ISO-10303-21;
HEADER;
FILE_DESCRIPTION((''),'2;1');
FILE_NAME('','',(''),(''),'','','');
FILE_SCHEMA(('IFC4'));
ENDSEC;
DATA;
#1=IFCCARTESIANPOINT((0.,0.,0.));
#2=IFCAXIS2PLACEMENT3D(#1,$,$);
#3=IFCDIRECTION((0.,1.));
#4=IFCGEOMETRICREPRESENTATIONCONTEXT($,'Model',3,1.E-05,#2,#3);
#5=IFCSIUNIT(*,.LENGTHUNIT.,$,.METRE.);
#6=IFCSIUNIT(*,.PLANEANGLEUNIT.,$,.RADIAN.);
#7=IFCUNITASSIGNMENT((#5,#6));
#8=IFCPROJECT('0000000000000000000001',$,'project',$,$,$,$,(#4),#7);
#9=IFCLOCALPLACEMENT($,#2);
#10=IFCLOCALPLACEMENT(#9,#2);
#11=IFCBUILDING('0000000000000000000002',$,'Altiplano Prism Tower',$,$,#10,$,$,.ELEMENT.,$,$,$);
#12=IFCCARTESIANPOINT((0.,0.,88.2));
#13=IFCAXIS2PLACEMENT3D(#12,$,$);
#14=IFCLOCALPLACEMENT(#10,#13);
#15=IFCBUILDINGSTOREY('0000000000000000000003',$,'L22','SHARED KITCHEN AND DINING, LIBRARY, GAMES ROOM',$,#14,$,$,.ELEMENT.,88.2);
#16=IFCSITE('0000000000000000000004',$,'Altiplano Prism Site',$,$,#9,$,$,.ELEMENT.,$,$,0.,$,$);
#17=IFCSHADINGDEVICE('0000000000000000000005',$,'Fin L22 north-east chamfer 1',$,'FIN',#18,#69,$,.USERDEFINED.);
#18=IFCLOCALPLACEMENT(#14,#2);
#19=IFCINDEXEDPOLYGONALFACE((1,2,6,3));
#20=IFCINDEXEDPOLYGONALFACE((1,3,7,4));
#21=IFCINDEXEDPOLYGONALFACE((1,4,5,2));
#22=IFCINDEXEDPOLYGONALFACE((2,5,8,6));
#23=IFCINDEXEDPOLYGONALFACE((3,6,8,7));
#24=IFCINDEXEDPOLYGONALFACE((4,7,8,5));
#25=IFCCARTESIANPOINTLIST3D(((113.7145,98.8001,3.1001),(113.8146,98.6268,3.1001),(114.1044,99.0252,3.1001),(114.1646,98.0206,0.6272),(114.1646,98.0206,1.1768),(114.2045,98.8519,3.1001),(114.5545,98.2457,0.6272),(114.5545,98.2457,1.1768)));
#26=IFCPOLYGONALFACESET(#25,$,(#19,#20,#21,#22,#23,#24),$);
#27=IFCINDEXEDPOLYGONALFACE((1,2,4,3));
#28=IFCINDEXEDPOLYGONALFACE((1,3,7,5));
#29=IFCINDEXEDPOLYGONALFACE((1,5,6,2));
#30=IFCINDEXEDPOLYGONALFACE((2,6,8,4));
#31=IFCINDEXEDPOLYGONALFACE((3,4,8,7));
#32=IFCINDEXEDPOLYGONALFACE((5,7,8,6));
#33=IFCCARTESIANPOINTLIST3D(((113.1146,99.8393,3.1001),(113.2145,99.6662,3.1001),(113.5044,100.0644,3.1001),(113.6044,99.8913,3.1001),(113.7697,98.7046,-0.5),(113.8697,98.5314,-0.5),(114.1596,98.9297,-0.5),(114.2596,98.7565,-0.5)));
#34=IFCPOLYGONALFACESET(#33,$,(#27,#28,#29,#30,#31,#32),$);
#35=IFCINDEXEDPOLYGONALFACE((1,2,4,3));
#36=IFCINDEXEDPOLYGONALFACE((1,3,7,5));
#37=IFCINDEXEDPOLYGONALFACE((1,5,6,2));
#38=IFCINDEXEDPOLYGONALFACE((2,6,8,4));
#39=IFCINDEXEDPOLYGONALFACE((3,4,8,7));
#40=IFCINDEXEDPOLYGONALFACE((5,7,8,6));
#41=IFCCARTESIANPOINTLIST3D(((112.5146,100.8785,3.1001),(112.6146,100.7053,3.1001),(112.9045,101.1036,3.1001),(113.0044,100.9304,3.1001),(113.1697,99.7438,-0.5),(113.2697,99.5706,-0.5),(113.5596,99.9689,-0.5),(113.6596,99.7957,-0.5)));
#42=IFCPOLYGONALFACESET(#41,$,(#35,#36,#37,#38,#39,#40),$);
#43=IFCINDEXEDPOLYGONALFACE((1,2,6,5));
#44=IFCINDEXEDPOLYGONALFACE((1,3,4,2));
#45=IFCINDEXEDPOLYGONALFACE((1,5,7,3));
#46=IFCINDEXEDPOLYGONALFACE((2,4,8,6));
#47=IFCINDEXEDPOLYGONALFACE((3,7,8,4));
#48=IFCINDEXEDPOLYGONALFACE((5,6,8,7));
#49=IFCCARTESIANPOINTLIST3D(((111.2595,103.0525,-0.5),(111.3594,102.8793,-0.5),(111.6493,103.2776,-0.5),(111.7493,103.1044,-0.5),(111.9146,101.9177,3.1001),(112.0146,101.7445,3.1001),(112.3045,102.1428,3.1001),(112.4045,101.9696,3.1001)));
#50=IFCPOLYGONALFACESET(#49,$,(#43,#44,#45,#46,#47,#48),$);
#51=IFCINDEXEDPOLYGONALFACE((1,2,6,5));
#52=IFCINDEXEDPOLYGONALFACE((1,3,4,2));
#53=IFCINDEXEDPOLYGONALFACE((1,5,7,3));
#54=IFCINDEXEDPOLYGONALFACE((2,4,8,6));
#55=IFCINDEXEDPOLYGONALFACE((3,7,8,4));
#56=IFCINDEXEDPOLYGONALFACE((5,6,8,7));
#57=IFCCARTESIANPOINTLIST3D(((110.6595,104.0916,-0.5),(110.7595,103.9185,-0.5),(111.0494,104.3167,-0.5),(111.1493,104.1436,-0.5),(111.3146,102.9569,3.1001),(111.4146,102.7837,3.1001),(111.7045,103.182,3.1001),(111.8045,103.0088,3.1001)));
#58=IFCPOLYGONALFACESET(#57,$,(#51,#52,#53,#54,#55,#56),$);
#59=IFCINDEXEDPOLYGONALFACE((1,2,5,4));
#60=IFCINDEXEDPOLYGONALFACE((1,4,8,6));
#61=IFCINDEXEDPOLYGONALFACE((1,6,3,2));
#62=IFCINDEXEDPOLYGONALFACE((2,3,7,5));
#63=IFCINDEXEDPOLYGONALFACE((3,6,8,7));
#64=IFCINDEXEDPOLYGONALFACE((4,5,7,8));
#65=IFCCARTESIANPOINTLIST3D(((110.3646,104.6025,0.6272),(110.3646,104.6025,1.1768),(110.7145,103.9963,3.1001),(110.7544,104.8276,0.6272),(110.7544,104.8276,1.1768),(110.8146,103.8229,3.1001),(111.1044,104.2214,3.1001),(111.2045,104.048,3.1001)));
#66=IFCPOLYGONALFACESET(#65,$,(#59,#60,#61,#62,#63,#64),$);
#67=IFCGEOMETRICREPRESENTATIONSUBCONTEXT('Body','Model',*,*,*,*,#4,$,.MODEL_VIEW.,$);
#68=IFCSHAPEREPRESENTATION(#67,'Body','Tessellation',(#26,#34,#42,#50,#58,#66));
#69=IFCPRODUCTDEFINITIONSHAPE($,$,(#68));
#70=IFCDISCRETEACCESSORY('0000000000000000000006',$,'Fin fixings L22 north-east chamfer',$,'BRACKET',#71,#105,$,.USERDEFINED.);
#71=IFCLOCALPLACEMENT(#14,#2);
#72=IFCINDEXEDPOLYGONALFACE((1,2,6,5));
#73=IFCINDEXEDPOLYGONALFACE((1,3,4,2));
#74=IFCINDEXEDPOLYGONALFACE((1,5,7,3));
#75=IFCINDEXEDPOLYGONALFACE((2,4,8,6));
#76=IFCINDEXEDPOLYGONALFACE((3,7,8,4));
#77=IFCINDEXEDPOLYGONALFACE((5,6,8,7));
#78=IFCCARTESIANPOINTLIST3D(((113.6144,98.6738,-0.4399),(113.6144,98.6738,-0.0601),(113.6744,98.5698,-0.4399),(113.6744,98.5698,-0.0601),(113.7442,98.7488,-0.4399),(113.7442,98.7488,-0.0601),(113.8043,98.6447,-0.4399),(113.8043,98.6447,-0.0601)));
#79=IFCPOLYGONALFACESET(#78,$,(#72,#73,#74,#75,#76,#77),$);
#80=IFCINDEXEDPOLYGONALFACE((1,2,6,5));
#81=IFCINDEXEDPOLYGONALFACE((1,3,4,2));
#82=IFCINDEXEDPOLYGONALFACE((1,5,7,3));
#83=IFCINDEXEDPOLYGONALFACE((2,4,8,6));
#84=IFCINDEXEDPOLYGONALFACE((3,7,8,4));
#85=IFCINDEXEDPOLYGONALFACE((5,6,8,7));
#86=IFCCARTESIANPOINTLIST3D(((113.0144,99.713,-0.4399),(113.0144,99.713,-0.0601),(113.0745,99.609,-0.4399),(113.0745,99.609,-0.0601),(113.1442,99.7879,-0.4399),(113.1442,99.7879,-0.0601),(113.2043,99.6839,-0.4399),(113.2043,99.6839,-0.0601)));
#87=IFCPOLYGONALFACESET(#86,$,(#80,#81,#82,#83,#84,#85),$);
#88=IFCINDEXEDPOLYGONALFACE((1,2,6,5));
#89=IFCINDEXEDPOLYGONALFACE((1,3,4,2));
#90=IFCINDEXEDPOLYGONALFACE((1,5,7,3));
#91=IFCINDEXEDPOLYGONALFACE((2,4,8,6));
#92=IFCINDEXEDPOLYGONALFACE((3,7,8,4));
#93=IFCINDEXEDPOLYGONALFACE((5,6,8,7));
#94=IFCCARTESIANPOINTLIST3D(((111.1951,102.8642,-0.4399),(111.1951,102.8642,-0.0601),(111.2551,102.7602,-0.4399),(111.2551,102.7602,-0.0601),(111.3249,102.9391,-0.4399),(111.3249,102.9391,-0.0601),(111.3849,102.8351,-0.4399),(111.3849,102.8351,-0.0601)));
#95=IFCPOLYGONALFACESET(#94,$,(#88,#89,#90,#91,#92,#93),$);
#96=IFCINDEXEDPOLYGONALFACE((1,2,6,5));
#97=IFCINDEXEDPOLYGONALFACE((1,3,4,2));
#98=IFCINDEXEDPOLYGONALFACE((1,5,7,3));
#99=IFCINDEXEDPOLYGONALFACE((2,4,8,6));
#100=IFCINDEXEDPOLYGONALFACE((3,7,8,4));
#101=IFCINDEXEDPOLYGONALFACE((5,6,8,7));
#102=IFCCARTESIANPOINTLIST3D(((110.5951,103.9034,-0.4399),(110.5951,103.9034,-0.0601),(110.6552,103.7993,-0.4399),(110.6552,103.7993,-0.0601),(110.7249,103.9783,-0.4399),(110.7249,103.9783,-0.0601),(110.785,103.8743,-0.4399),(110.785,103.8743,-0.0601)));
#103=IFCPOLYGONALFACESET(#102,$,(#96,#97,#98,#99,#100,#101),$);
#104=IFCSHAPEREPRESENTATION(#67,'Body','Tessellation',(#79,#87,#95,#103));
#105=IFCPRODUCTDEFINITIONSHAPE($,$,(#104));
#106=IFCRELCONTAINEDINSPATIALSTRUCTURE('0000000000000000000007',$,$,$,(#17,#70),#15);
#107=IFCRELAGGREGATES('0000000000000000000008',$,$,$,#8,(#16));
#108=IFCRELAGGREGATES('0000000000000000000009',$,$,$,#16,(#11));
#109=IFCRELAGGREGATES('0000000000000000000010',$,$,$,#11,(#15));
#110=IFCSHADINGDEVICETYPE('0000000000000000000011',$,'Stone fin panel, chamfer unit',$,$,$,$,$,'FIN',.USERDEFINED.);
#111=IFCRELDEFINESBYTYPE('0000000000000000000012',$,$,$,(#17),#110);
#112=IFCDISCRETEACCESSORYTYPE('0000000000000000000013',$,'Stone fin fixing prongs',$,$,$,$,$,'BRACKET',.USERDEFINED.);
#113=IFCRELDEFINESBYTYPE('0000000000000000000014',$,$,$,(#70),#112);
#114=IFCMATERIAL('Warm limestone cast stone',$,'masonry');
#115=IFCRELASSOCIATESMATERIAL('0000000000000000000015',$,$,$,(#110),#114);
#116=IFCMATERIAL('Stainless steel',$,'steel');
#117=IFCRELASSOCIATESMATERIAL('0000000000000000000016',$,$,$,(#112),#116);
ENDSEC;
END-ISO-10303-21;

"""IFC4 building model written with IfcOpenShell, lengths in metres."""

from ifc_helpers import new_model, si_unit, direction, frame, origin, place, context, subcontext, project, spatial, polyline, outline, extrude, source, transform, mapped, material, type_object, element, save


model = new_model("IFC4")

# Units and contexts
model_context = context("Model", 3, precision=1e-05, world=origin(), true_north=direction((0.0, 1.0)))
body_context = subcontext(model_context, "Body", "Model", "MODEL_VIEW")
ifc_project = project(units=[si_unit("LENGTHUNIT", "METRE"), si_unit("PLANEANGLEUNIT", "RADIAN")], contexts=[model_context])

# Site, building, storey
site_placement = place(None, origin())
site = spatial("IfcSite", under=ifc_project, at=site_placement, Name="Altiplano Prism Site", CompositionType="ELEMENT", RefElevation=0.0)
building_placement = place(site_placement, origin())
building = spatial("IfcBuilding", under=site, at=building_placement, Name="Altiplano Prism Tower", CompositionType="ELEMENT")
storey_placement = place(building_placement, frame((0.0, 0.0, 88.2)))
storey = spatial("IfcBuildingStorey", under=building, at=storey_placement, Name="L22", Description="SHARED KITCHEN AND DINING, LIBRARY, GAMES ROOM", CompositionType="ELEMENT", Elevation=88.2)

# Shading device
ifc_material_1 = material(Name="Warm limestone cast stone", Category="masonry")
shading_device_type_1 = type_object("IfcShadingDeviceType", Name="Stone fin panel, chamfer unit", ElementType="FIN", PredefinedType="USERDEFINED", material=ifc_material_1)
shared_shape_1 = source(origin(), body_context, "Body", "SweptSolid", [
    extrude(outline(polyline([(-3.8, 1.1272), (-2.8999, 3.6001), (-3.1001, 3.6001), (-3.8, 1.6768), (-3.8, 1.1272)])), frame((0.0, -0.1499, 0.0), z_axis=(0.0, -1.0, 0.0), x_axis=(1.0, 0.0, 0.0)), (0.0, 0.0, 1.0), 0.4502),
    extrude(outline(polyline([(-3.2102, 0.0), (-3.0103, 0.0), (-1.7, 3.6001), (-1.8999, 3.6001), (-3.2102, 0.0)])), frame((0.0, -0.1499, 0.0), z_axis=(0.0, -1.0, 0.0), x_axis=(1.0, 0.0, 0.0)), (0.0, 0.0, 1.0), 0.4502),
    extrude(outline(polyline([(-2.0103, 0.0), (-1.8103, 0.0), (-0.5, 3.6001), (-0.7, 3.6001), (-2.0103, 0.0)])), frame((0.0, -0.1499, 0.0), z_axis=(0.0, -1.0, 0.0), x_axis=(1.0, 0.0, 0.0)), (0.0, 0.0, 1.0), 0.4502),
    extrude(outline(polyline([(1.8103, 0.0), (2.0103, 0.0), (0.7, 3.6001), (0.5, 3.6001), (1.8103, 0.0)])), frame((0.0, -0.1499, 0.0), z_axis=(0.0, -1.0, 0.0), x_axis=(1.0, 0.0, 0.0)), (0.0, 0.0, 1.0), 0.4502),
    extrude(outline(polyline([(3.0103, 0.0), (3.2102, 0.0), (1.8999, 3.6001), (1.7, 3.6001), (3.0103, 0.0)])), frame((0.0, -0.1499, 0.0), z_axis=(0.0, -1.0, 0.0), x_axis=(1.0, 0.0, 0.0)), (0.0, 0.0, 1.0), 0.4502),
    extrude(outline(polyline([(3.8, 1.6768), (3.1001, 3.6001), (2.8999, 3.6001), (3.8, 1.1272), (3.8, 1.6768)])), frame((0.0, -0.1499, 0.0), z_axis=(0.0, -1.0, 0.0), x_axis=(1.0, 0.0, 0.0)), (0.0, 0.0, 1.0), 0.4502),
])
shading_device_1_placement = place(storey_placement, origin())
element("IfcShadingDevice", 1, at=shading_device_1_placement, inside=storey, type_object=shading_device_type_1, Name="Fin L22 north-east chamfer 1", ObjectType="FIN", PredefinedType="USERDEFINED", context=body_context, shape_type="MappedRepresentation", body=[
    mapped(shared_shape_1, transform((112.1348, 101.2366, -0.5), x_axis=(-0.5, 0.866025, 0.0), y_axis=(-0.866025, -0.5, 0.0), z_axis=(0.0, 0.0, 1.0))),
])

# Discrete accessory
ifc_material_2 = material(Name="Stainless steel", Category="steel")
discrete_accessory_type = type_object("IfcDiscreteAccessoryType", Name="Stone fin fixing prongs", ElementType="BRACKET", PredefinedType="USERDEFINED", material=ifc_material_2)
shared_shape_2 = source(origin(), body_context, "Body", "SweptSolid", [
    extrude(outline(polyline([(-3.0793, 0.0601), (-2.9592, 0.0601), (-2.9592, 0.4399), (-3.0793, 0.4399), (-3.0793, 0.0601)])), frame((0.0, 0.0, 0.0), z_axis=(0.0, -1.0, 0.0), x_axis=(1.0, 0.0, 0.0)), (0.0, 0.0, 1.0), 0.1499),
    extrude(outline(polyline([(-1.8794, 0.0601), (-1.7593, 0.0601), (-1.7593, 0.4399), (-1.8794, 0.4399), (-1.8794, 0.0601)])), frame((0.0, 0.0, 0.0), z_axis=(0.0, -1.0, 0.0), x_axis=(1.0, 0.0, 0.0)), (0.0, 0.0, 1.0), 0.1499),
    extrude(outline(polyline([(1.7593, 0.0601), (1.8794, 0.0601), (1.8794, 0.4399), (1.7593, 0.4399), (1.7593, 0.0601)])), frame((0.0, 0.0, 0.0), z_axis=(0.0, -1.0, 0.0), x_axis=(1.0, 0.0, 0.0)), (0.0, 0.0, 1.0), 0.1499),
    extrude(outline(polyline([(2.9592, 0.0601), (3.0793, 0.0601), (3.0793, 0.4399), (2.9592, 0.4399), (2.9592, 0.0601)])), frame((0.0, 0.0, 0.0), z_axis=(0.0, -1.0, 0.0), x_axis=(1.0, 0.0, 0.0)), (0.0, 0.0, 1.0), 0.1499),
])
discrete_accessory_1_placement = place(storey_placement, origin())
element("IfcDiscreteAccessory", 2, at=discrete_accessory_1_placement, inside=storey, type_object=discrete_accessory_type, Name="Fin fixings L22 north-east chamfer", ObjectType="BRACKET", PredefinedType="USERDEFINED", context=body_context, shape_type="MappedRepresentation", body=[
    mapped(shared_shape_2, transform((112.1348, 101.2366, -0.5), x_axis=(-0.5, 0.866025, 0.0), y_axis=(-0.866025, -0.5, 0.0), z_axis=(0.0, 0.0, 1.0))),
])

save(model, "model.ifc")
